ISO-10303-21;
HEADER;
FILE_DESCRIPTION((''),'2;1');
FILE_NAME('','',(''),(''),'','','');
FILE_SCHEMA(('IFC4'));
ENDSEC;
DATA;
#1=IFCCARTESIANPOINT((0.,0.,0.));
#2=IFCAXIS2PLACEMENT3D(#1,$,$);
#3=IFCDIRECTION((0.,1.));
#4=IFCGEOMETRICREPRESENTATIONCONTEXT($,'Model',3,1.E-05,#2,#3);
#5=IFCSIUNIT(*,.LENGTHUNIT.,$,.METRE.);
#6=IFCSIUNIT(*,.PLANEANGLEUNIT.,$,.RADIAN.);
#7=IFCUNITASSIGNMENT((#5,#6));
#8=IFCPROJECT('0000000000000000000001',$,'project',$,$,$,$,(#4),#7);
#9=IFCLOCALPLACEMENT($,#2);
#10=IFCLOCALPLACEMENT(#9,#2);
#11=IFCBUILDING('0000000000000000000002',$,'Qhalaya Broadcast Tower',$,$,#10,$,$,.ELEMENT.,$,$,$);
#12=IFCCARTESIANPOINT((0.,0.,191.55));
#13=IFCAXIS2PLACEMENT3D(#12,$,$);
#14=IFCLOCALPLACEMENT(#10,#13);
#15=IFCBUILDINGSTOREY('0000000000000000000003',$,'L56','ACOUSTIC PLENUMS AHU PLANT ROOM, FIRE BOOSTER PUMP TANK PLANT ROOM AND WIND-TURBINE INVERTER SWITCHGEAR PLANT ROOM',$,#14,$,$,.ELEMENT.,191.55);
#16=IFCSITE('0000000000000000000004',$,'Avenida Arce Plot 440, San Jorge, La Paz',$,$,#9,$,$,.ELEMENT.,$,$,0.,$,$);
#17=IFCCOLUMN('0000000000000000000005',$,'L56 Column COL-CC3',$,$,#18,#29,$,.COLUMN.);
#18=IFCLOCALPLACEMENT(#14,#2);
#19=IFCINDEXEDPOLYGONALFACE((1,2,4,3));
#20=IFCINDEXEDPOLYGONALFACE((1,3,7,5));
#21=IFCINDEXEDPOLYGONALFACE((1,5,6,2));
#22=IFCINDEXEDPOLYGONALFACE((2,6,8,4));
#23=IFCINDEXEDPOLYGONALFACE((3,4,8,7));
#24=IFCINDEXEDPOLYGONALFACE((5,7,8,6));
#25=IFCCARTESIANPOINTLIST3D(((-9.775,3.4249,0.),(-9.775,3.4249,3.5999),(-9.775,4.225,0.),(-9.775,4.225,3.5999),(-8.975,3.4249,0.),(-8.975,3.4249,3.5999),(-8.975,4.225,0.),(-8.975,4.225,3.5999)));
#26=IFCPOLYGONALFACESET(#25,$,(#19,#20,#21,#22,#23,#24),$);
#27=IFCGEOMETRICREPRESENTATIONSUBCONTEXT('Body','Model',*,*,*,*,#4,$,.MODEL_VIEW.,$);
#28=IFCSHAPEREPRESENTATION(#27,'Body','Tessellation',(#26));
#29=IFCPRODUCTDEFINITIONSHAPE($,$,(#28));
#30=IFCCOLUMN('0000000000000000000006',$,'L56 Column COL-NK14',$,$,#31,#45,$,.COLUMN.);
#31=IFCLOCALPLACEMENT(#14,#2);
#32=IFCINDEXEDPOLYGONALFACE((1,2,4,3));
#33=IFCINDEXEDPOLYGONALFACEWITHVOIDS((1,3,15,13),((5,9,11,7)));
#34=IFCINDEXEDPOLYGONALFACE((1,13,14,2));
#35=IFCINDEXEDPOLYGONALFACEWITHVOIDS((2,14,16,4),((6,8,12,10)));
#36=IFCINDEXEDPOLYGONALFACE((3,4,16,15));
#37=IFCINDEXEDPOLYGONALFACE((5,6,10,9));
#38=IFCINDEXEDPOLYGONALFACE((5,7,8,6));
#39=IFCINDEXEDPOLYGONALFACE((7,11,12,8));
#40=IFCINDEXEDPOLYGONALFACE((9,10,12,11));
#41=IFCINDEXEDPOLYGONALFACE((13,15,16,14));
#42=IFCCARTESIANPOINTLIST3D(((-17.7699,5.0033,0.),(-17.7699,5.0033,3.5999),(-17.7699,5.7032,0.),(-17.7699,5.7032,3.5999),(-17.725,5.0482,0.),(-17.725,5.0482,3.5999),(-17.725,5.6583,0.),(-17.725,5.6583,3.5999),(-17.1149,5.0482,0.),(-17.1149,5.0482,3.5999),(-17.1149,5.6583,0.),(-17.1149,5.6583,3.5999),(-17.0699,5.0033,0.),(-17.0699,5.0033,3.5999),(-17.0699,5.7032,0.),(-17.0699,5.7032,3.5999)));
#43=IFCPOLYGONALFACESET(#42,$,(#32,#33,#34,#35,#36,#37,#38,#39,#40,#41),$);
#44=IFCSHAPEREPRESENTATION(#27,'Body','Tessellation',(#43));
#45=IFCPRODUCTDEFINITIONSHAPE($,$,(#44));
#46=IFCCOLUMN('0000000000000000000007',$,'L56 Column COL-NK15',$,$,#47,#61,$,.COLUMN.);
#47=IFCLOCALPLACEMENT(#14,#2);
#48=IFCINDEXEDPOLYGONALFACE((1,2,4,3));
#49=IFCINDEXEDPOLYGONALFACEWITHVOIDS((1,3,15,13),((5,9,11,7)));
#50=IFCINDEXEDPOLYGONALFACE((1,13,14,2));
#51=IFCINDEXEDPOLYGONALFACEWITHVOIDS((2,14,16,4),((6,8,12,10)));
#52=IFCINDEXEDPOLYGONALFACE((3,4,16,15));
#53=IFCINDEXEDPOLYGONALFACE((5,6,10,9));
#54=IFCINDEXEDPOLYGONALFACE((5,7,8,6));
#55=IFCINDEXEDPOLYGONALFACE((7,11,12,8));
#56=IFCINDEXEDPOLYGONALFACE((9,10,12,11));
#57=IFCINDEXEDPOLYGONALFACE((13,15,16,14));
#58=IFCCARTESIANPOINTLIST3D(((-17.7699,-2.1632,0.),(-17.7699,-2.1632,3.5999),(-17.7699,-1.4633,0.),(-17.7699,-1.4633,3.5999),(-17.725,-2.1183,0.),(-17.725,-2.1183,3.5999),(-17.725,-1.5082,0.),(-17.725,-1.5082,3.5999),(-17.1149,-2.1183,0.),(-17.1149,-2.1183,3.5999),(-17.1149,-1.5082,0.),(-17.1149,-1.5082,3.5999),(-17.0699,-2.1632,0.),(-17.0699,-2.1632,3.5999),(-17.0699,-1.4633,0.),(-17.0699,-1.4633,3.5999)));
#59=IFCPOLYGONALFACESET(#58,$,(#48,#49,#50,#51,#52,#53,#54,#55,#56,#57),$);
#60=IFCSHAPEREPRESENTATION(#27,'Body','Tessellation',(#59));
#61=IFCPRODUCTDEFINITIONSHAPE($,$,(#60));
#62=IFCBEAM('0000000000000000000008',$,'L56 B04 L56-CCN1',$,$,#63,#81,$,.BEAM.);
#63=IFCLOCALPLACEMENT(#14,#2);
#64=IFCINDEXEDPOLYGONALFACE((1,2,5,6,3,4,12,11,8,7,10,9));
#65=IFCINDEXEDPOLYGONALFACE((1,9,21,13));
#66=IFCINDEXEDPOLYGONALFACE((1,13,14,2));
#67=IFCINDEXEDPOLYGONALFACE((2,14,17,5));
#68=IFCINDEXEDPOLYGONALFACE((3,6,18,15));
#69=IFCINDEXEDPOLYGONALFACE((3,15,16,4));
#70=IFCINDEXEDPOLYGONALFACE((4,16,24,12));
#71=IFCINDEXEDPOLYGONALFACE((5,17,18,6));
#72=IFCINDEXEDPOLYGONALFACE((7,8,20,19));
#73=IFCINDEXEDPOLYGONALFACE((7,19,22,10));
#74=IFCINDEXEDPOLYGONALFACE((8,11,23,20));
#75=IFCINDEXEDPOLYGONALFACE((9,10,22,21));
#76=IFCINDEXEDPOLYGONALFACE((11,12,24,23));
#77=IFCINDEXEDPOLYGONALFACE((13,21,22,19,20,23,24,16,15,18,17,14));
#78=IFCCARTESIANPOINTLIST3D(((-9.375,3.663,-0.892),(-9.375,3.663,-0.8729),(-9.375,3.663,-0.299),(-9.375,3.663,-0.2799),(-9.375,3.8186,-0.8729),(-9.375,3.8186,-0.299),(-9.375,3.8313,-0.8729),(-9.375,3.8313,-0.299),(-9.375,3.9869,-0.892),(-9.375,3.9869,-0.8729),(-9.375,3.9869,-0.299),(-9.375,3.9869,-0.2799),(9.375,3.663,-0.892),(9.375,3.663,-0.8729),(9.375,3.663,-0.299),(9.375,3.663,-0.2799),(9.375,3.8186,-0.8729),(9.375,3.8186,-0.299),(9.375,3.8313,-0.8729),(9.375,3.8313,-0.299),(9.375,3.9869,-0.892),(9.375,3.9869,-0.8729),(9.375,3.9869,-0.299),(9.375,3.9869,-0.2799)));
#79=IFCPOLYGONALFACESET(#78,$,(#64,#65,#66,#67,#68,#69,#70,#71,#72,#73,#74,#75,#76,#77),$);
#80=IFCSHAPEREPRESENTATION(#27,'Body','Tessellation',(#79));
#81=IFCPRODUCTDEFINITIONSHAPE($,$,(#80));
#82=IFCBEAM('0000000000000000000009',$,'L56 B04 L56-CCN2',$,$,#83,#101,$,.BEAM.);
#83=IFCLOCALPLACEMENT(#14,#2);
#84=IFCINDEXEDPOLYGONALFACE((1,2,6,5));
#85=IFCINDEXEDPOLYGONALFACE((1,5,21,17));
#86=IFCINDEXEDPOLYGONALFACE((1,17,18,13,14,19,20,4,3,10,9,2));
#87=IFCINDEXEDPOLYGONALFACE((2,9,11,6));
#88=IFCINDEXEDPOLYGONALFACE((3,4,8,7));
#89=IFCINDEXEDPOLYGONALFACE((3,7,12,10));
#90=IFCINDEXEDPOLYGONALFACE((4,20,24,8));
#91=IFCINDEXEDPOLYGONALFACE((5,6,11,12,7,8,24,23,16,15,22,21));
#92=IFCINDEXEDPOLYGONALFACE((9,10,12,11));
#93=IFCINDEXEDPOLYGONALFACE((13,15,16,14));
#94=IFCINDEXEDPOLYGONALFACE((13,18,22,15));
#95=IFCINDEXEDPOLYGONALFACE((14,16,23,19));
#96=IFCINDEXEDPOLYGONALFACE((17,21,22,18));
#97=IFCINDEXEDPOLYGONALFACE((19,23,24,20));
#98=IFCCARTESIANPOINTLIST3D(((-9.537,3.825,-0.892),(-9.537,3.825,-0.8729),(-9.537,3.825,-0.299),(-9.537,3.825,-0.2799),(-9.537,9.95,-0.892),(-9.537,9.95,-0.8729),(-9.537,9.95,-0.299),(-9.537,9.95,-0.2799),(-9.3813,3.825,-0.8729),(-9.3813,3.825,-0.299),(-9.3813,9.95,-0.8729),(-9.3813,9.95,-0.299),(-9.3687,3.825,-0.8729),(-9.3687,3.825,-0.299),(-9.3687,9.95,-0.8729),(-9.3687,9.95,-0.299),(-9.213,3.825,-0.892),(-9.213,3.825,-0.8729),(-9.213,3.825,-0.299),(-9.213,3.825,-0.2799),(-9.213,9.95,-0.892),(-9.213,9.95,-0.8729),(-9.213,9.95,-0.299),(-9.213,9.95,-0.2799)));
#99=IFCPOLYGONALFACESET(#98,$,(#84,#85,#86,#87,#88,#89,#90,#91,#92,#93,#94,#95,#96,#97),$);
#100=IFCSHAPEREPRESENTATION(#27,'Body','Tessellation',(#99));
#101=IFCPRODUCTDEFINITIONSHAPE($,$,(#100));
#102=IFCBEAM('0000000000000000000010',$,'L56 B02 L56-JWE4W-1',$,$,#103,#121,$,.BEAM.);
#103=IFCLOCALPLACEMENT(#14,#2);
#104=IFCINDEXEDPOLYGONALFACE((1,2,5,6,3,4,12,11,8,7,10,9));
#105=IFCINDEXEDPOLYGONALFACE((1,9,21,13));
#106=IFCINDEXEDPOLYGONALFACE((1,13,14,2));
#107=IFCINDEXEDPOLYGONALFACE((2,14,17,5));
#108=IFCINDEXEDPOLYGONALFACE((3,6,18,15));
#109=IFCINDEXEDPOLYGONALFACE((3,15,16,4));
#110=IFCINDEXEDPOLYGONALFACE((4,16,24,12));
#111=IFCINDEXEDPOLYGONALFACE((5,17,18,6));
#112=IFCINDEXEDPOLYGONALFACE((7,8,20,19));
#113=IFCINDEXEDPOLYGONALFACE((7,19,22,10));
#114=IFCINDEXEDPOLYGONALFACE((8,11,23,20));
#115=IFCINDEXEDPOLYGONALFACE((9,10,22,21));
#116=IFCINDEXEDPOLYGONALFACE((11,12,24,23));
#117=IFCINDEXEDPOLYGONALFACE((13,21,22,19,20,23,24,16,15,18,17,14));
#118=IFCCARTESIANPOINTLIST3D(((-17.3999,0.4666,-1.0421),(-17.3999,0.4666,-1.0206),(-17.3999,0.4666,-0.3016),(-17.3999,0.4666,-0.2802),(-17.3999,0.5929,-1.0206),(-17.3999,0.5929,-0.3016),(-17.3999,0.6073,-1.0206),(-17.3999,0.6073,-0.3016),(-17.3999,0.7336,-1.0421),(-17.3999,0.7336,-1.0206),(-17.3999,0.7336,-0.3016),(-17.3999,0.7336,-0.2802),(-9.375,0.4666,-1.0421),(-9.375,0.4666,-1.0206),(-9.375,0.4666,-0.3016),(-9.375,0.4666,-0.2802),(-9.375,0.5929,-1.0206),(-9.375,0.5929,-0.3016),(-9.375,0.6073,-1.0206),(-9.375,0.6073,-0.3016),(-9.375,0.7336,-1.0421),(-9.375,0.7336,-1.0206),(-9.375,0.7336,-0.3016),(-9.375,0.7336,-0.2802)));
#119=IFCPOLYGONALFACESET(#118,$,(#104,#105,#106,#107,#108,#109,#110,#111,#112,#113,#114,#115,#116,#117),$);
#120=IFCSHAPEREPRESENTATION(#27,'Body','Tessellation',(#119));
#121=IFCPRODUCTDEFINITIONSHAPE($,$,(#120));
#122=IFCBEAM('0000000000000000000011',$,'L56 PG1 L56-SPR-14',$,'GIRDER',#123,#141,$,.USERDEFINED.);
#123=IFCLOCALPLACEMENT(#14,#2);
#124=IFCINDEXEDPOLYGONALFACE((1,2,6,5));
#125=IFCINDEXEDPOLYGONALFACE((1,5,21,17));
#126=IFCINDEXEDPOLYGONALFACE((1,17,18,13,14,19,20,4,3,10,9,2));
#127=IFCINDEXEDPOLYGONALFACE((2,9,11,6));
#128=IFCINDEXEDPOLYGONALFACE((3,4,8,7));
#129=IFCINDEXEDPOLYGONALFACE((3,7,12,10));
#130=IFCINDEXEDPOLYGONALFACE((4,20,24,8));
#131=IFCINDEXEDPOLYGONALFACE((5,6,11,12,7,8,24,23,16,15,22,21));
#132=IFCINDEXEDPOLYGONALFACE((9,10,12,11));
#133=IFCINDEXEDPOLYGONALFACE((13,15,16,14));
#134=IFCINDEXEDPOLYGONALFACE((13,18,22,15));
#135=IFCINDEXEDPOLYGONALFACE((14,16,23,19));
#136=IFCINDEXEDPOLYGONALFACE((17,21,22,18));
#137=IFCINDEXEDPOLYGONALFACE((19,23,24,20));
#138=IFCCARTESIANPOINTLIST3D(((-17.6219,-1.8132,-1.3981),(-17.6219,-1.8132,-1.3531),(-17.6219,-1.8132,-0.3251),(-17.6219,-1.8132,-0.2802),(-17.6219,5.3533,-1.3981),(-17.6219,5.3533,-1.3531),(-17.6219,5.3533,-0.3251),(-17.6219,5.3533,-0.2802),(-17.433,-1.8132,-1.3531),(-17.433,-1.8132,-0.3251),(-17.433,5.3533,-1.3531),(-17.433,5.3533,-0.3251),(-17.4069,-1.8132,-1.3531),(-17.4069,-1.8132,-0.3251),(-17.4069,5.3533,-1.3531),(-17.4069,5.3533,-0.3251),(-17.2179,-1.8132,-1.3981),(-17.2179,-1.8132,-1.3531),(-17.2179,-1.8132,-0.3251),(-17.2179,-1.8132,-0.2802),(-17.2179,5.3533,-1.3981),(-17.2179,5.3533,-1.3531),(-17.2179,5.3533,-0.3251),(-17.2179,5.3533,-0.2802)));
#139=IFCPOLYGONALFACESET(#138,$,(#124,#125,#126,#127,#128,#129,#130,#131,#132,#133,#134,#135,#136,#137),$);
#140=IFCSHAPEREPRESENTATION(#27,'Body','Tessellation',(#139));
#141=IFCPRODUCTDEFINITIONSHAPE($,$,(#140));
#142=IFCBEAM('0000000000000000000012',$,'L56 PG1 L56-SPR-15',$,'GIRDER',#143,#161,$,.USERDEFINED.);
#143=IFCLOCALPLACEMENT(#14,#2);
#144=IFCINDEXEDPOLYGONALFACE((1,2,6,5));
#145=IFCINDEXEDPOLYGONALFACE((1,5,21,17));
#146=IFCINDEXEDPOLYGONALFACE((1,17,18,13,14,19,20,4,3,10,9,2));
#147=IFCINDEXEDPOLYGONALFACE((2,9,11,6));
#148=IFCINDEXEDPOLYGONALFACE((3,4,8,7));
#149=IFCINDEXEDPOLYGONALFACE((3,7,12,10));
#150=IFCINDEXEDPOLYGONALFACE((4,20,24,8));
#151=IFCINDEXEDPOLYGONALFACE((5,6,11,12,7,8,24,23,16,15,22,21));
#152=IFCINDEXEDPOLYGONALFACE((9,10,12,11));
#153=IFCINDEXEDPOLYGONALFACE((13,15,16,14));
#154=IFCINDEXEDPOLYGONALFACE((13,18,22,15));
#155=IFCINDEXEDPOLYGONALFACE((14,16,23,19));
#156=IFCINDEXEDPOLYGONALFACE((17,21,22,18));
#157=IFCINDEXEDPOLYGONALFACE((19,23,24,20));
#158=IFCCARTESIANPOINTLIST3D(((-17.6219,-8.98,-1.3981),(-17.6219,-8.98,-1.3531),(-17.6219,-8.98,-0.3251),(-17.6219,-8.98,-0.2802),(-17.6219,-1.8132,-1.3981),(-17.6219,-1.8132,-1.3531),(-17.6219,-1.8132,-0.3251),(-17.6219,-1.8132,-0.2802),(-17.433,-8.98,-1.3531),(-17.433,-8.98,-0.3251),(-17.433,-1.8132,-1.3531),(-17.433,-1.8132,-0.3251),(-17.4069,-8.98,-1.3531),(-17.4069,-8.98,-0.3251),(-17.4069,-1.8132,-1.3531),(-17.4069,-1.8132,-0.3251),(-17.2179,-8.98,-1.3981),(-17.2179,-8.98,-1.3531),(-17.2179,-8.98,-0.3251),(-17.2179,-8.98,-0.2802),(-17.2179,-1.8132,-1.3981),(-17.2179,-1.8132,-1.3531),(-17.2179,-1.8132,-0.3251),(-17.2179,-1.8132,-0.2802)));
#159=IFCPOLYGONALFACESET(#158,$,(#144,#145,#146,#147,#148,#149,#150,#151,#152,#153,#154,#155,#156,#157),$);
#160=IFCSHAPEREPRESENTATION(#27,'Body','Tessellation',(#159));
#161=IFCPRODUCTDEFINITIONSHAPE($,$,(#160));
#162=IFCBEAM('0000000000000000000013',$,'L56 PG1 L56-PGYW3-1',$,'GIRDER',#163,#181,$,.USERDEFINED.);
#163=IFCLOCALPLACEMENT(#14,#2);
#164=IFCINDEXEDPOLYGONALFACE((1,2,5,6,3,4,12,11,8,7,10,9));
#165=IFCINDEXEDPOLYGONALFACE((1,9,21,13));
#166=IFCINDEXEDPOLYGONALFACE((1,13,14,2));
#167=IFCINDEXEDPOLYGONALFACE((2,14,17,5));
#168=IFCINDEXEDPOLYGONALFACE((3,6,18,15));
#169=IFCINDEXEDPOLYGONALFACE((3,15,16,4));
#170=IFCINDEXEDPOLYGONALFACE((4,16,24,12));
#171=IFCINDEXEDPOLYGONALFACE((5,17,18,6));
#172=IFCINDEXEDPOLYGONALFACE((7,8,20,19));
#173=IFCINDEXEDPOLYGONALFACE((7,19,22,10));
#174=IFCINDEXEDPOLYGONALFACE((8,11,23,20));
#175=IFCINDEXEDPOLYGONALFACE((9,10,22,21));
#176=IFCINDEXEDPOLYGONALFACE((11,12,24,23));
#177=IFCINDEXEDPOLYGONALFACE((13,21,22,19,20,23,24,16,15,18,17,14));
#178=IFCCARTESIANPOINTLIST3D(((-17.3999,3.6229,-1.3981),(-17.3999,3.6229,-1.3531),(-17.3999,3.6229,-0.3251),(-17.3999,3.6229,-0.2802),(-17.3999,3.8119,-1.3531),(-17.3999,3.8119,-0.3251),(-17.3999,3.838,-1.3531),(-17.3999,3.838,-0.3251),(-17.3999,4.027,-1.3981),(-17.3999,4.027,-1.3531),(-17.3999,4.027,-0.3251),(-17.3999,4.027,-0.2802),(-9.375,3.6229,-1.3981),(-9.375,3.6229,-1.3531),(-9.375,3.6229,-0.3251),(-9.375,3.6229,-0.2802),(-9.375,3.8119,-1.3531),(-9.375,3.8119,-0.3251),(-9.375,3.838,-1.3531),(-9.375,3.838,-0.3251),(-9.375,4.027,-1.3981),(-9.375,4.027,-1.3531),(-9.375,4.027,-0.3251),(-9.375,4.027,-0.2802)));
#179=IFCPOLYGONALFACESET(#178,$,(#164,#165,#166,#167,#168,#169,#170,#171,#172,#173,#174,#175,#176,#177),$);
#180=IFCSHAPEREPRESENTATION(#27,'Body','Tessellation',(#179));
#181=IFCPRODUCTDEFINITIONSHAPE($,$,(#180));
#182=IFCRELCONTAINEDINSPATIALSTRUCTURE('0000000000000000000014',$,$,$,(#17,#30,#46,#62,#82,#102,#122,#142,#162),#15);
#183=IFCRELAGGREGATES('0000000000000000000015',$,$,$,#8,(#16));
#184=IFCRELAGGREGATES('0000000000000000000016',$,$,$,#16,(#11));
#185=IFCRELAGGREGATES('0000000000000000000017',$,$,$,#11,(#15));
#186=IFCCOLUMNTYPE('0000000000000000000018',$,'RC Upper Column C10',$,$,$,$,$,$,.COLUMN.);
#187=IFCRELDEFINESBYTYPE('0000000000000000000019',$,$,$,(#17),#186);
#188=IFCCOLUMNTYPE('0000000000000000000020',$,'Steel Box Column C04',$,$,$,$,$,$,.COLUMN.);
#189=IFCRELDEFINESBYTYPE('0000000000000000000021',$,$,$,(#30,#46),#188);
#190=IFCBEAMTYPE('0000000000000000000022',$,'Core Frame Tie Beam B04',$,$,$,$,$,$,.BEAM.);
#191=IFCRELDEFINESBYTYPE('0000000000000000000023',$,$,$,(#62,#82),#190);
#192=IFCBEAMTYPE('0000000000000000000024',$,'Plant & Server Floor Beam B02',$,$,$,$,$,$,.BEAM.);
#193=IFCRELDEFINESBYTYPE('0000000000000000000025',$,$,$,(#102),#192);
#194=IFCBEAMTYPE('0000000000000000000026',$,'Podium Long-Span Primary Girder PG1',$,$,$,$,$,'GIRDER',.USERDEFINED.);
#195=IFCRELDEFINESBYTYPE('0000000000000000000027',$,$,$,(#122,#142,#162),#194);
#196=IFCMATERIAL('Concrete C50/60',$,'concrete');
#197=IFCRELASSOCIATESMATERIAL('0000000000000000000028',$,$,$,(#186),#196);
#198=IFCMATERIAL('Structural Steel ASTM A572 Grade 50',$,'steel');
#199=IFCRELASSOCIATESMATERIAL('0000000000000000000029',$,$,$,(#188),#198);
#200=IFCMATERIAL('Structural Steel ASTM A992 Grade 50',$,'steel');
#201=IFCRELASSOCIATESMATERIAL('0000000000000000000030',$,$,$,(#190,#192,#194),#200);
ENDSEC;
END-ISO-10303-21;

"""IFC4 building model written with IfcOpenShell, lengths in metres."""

from ifc_helpers import new_model, si_unit, direction, frame, origin, origin_2d, place, context, subcontext, project, spatial, rectangle, hollow_rectangle, i_section, extrude, material, material_profile, profile_set, type_object, element, save


model = new_model("IFC4")

# Units and contexts
model_context = context("Model", 3, precision=1e-05, world=origin(), true_north=direction((0.0, 1.0)))
body_context = subcontext(model_context, "Body", "Model", "MODEL_VIEW")
ifc_project = project(units=[si_unit("LENGTHUNIT", "METRE"), si_unit("PLANEANGLEUNIT", "RADIAN")], contexts=[model_context])

# Site, building, storey
site_placement = place(None, origin())
site = spatial("IfcSite", under=ifc_project, at=site_placement, Name="Avenida Arce Plot 440, San Jorge, La Paz", CompositionType="ELEMENT", RefElevation=0.0)
building_placement = place(site_placement, origin())
building = spatial("IfcBuilding", under=site, at=building_placement, Name="Qhalaya Broadcast Tower", CompositionType="ELEMENT")
storey_placement = place(building_placement, frame((0.0, 0.0, 191.55)))
storey = spatial("IfcBuildingStorey", under=building, at=storey_placement, Name="L56", Description="ACOUSTIC PLENUMS AHU PLANT ROOM, FIRE BOOSTER PUMP TANK PLANT ROOM AND WIND-TURBINE INVERTER SWITCHGEAR PLANT ROOM", CompositionType="ELEMENT", Elevation=191.55)

# Columns
ifc_material_1 = material(Name="Concrete C50/60", Category="concrete")
ifc_material_profile_1 = material_profile(ifc_material_1, rectangle(XDim=0.8, YDim=0.8, at=origin_2d()), Name="RC-COL 800x800")
ifc_profile_set_1 = profile_set([ifc_material_profile_1], Name="Concrete C50/60")
column_type_1 = type_object("IfcColumnType", Name="RC Upper Column C10", PredefinedType="COLUMN", material=ifc_profile_set_1)
column_placement = place(storey_placement, frame((-9.375, 3.825, 0.0), z_axis=(0.0, 0.0, 1.0), x_axis=(1.0, 0.0, 0.0)))
element("IfcColumn", 1, at=column_placement, inside=storey, type_object=column_type_1, Name="L56 Column COL-CC3", PredefinedType="COLUMN", context=body_context, shape_type="SweptSolid", body=[
    extrude(rectangle(XDim=0.8, YDim=0.8, at=origin_2d()), origin(), (0.0, 0.0, 1.0), 3.5999),
])
ifc_material_2 = material(Name="Structural Steel ASTM A572 Grade 50", Category="steel")
ifc_material_profile_2 = material_profile(ifc_material_2, hollow_rectangle(XDim=0.7, YDim=0.7, WallThickness=0.0449, at=origin_2d()), Name="BOX 700x700x45")
ifc_profile_set_2 = profile_set([ifc_material_profile_2], Name="Structural Steel ASTM A572 Grade 50")
column_type_2 = type_object("IfcColumnType", Name="Steel Box Column C04", PredefinedType="COLUMN", material=ifc_profile_set_2)
for number, where, z_axis, x_axis, name in (
    (2, (-17.4199, 5.3533, 0.0), (0.0, 0.0, 1.0), (0.0, 1.0, 0.0), "L56 Column COL-NK14"),
    (3, (-17.4199, -1.8132, 0.0), (0.0, 0.0, 1.0), (0.0, 1.0, 0.0), "L56 Column COL-NK15"),
):
    element("IfcColumn", number, at=place(storey_placement, frame(where, z_axis=z_axis, x_axis=x_axis)), inside=storey, type_object=column_type_2, Name=name, PredefinedType="COLUMN", context=body_context, shape_type="SweptSolid", body=[
        extrude(hollow_rectangle(XDim=0.7, YDim=0.7, WallThickness=0.0449, at=origin_2d()), origin(), (0.0, 0.0, 1.0), 3.5999),
    ])

# Beams
ifc_material_3 = material(Name="Structural Steel ASTM A992 Grade 50", Category="steel")
ifc_material_profile_3 = material_profile(ifc_material_3, i_section(OverallWidth=0.324, OverallDepth=0.6121, WebThickness=0.0127, FlangeThickness=0.019, at=origin_2d()), Name="W24X104")
ifc_profile_set_3 = profile_set([ifc_material_profile_3], Name="Structural Steel ASTM A992 Grade 50")
beam_type_1 = type_object("IfcBeamType", Name="Core Frame Tie Beam B04", PredefinedType="BEAM", material=ifc_profile_set_3)
beam_1_placement = place(storey_placement, frame((-9.375, 3.825, -0.5859), z_axis=(1.0, 0.0, 0.0), x_axis=(0.0, 1.0, 0.0)))
element("IfcBeam", 4, at=beam_1_placement, inside=storey, type_object=beam_type_1, Name="L56 B04 L56-CCN1", PredefinedType="BEAM", context=body_context, shape_type="SweptSolid", body=[
    extrude(i_section(OverallWidth=0.324, OverallDepth=0.6121, WebThickness=0.0127, FlangeThickness=0.019, at=origin_2d()), origin(), (0.0, 0.0, 1.0), 18.75),
])
beam_2_placement = place(storey_placement, frame((-9.375, 3.825, -0.5859), z_axis=(0.0, 1.0, 0.0), x_axis=(-1.0, 0.0, 0.0)))
element("IfcBeam", 5, at=beam_2_placement, inside=storey, type_object=beam_type_1, Name="L56 B04 L56-CCN2", PredefinedType="BEAM", context=body_context, shape_type="SweptSolid", body=[
    extrude(i_section(OverallWidth=0.324, OverallDepth=0.6121, WebThickness=0.0127, FlangeThickness=0.019, at=origin_2d()), origin(), (0.0, 0.0, 1.0), 6.125),
])
ifc_material_profile_4 = material_profile(ifc_material_3, i_section(OverallWidth=0.2671, OverallDepth=0.762, WebThickness=0.0144, FlangeThickness=0.0215, at=origin_2d()), Name="W30X116")
ifc_profile_set_4 = profile_set([ifc_material_profile_4], Name="Structural Steel ASTM A992 Grade 50")
beam_type_2 = type_object("IfcBeamType", Name="Plant & Server Floor Beam B02", PredefinedType="BEAM", material=ifc_profile_set_4)
beam_3_placement = place(storey_placement, frame((-17.3999, 0.6001, -0.6611), z_axis=(1.0, 0.0, 0.0), x_axis=(0.0, 1.0, 0.0)))
element("IfcBeam", 6, at=beam_3_placement, inside=storey, type_object=beam_type_2, Name="L56 B02 L56-JWE4W-1", PredefinedType="BEAM", context=body_context, shape_type="SweptSolid", body=[
    extrude(i_section(OverallWidth=0.2671, OverallDepth=0.762, WebThickness=0.0144, FlangeThickness=0.0215, at=origin_2d()), origin(), (0.0, 0.0, 1.0), 8.0249),
])
ifc_material_profile_5 = material_profile(ifc_material_3, i_section(OverallWidth=0.4041, OverallDepth=1.1179, WebThickness=0.0261, FlangeThickness=0.0449, at=origin_2d()), Name="W44X335")
ifc_profile_set_5 = profile_set([ifc_material_profile_5], Name="Structural Steel ASTM A992 Grade 50")
beam_type_3 = type_object("IfcBeamType", Name="Podium Long-Span Primary Girder PG1", ElementType="GIRDER", PredefinedType="USERDEFINED", material=ifc_profile_set_5)
beam_4_placement = place(storey_placement, frame((-17.4199, 5.3533, -0.8391), z_axis=(0.0, -1.0, 0.0), x_axis=(1.0, 0.0, 0.0)))
element("IfcBeam", 7, at=beam_4_placement, inside=storey, type_object=beam_type_3, Name="L56 PG1 L56-SPR-14", ObjectType="GIRDER", PredefinedType="USERDEFINED", context=body_context, shape_type="SweptSolid", body=[
    extrude(i_section(OverallWidth=0.4041, OverallDepth=1.1179, WebThickness=0.0261, FlangeThickness=0.0449, at=origin_2d()), origin(), (0.0, 0.0, 1.0), 7.1665),
])
beam_5_placement = place(storey_placement, frame((-17.4199, -1.8132, -0.8391), z_axis=(0.0, -1.0, 0.0), x_axis=(1.0, 0.0, 0.0)))
element("IfcBeam", 8, at=beam_5_placement, inside=storey, type_object=beam_type_3, Name="L56 PG1 L56-SPR-15", ObjectType="GIRDER", PredefinedType="USERDEFINED", context=body_context, shape_type="SweptSolid", body=[
    extrude(i_section(OverallWidth=0.4041, OverallDepth=1.1179, WebThickness=0.0261, FlangeThickness=0.0449, at=origin_2d()), origin(), (0.0, 0.0, 1.0), 7.1667),
])
beam_6_placement = place(storey_placement, frame((-17.3999, 3.825, -0.8391), z_axis=(1.0, 0.0, 0.0), x_axis=(0.0, 1.0, 0.0)))
element("IfcBeam", 9, at=beam_6_placement, inside=storey, type_object=beam_type_3, Name="L56 PG1 L56-PGYW3-1", ObjectType="GIRDER", PredefinedType="USERDEFINED", context=body_context, shape_type="SweptSolid", body=[
    extrude(i_section(OverallWidth=0.4041, OverallDepth=1.1179, WebThickness=0.0261, FlangeThickness=0.0449, at=origin_2d()), origin(), (0.0, 0.0, 1.0), 8.0249),
])

save(model, "model.ifc")
